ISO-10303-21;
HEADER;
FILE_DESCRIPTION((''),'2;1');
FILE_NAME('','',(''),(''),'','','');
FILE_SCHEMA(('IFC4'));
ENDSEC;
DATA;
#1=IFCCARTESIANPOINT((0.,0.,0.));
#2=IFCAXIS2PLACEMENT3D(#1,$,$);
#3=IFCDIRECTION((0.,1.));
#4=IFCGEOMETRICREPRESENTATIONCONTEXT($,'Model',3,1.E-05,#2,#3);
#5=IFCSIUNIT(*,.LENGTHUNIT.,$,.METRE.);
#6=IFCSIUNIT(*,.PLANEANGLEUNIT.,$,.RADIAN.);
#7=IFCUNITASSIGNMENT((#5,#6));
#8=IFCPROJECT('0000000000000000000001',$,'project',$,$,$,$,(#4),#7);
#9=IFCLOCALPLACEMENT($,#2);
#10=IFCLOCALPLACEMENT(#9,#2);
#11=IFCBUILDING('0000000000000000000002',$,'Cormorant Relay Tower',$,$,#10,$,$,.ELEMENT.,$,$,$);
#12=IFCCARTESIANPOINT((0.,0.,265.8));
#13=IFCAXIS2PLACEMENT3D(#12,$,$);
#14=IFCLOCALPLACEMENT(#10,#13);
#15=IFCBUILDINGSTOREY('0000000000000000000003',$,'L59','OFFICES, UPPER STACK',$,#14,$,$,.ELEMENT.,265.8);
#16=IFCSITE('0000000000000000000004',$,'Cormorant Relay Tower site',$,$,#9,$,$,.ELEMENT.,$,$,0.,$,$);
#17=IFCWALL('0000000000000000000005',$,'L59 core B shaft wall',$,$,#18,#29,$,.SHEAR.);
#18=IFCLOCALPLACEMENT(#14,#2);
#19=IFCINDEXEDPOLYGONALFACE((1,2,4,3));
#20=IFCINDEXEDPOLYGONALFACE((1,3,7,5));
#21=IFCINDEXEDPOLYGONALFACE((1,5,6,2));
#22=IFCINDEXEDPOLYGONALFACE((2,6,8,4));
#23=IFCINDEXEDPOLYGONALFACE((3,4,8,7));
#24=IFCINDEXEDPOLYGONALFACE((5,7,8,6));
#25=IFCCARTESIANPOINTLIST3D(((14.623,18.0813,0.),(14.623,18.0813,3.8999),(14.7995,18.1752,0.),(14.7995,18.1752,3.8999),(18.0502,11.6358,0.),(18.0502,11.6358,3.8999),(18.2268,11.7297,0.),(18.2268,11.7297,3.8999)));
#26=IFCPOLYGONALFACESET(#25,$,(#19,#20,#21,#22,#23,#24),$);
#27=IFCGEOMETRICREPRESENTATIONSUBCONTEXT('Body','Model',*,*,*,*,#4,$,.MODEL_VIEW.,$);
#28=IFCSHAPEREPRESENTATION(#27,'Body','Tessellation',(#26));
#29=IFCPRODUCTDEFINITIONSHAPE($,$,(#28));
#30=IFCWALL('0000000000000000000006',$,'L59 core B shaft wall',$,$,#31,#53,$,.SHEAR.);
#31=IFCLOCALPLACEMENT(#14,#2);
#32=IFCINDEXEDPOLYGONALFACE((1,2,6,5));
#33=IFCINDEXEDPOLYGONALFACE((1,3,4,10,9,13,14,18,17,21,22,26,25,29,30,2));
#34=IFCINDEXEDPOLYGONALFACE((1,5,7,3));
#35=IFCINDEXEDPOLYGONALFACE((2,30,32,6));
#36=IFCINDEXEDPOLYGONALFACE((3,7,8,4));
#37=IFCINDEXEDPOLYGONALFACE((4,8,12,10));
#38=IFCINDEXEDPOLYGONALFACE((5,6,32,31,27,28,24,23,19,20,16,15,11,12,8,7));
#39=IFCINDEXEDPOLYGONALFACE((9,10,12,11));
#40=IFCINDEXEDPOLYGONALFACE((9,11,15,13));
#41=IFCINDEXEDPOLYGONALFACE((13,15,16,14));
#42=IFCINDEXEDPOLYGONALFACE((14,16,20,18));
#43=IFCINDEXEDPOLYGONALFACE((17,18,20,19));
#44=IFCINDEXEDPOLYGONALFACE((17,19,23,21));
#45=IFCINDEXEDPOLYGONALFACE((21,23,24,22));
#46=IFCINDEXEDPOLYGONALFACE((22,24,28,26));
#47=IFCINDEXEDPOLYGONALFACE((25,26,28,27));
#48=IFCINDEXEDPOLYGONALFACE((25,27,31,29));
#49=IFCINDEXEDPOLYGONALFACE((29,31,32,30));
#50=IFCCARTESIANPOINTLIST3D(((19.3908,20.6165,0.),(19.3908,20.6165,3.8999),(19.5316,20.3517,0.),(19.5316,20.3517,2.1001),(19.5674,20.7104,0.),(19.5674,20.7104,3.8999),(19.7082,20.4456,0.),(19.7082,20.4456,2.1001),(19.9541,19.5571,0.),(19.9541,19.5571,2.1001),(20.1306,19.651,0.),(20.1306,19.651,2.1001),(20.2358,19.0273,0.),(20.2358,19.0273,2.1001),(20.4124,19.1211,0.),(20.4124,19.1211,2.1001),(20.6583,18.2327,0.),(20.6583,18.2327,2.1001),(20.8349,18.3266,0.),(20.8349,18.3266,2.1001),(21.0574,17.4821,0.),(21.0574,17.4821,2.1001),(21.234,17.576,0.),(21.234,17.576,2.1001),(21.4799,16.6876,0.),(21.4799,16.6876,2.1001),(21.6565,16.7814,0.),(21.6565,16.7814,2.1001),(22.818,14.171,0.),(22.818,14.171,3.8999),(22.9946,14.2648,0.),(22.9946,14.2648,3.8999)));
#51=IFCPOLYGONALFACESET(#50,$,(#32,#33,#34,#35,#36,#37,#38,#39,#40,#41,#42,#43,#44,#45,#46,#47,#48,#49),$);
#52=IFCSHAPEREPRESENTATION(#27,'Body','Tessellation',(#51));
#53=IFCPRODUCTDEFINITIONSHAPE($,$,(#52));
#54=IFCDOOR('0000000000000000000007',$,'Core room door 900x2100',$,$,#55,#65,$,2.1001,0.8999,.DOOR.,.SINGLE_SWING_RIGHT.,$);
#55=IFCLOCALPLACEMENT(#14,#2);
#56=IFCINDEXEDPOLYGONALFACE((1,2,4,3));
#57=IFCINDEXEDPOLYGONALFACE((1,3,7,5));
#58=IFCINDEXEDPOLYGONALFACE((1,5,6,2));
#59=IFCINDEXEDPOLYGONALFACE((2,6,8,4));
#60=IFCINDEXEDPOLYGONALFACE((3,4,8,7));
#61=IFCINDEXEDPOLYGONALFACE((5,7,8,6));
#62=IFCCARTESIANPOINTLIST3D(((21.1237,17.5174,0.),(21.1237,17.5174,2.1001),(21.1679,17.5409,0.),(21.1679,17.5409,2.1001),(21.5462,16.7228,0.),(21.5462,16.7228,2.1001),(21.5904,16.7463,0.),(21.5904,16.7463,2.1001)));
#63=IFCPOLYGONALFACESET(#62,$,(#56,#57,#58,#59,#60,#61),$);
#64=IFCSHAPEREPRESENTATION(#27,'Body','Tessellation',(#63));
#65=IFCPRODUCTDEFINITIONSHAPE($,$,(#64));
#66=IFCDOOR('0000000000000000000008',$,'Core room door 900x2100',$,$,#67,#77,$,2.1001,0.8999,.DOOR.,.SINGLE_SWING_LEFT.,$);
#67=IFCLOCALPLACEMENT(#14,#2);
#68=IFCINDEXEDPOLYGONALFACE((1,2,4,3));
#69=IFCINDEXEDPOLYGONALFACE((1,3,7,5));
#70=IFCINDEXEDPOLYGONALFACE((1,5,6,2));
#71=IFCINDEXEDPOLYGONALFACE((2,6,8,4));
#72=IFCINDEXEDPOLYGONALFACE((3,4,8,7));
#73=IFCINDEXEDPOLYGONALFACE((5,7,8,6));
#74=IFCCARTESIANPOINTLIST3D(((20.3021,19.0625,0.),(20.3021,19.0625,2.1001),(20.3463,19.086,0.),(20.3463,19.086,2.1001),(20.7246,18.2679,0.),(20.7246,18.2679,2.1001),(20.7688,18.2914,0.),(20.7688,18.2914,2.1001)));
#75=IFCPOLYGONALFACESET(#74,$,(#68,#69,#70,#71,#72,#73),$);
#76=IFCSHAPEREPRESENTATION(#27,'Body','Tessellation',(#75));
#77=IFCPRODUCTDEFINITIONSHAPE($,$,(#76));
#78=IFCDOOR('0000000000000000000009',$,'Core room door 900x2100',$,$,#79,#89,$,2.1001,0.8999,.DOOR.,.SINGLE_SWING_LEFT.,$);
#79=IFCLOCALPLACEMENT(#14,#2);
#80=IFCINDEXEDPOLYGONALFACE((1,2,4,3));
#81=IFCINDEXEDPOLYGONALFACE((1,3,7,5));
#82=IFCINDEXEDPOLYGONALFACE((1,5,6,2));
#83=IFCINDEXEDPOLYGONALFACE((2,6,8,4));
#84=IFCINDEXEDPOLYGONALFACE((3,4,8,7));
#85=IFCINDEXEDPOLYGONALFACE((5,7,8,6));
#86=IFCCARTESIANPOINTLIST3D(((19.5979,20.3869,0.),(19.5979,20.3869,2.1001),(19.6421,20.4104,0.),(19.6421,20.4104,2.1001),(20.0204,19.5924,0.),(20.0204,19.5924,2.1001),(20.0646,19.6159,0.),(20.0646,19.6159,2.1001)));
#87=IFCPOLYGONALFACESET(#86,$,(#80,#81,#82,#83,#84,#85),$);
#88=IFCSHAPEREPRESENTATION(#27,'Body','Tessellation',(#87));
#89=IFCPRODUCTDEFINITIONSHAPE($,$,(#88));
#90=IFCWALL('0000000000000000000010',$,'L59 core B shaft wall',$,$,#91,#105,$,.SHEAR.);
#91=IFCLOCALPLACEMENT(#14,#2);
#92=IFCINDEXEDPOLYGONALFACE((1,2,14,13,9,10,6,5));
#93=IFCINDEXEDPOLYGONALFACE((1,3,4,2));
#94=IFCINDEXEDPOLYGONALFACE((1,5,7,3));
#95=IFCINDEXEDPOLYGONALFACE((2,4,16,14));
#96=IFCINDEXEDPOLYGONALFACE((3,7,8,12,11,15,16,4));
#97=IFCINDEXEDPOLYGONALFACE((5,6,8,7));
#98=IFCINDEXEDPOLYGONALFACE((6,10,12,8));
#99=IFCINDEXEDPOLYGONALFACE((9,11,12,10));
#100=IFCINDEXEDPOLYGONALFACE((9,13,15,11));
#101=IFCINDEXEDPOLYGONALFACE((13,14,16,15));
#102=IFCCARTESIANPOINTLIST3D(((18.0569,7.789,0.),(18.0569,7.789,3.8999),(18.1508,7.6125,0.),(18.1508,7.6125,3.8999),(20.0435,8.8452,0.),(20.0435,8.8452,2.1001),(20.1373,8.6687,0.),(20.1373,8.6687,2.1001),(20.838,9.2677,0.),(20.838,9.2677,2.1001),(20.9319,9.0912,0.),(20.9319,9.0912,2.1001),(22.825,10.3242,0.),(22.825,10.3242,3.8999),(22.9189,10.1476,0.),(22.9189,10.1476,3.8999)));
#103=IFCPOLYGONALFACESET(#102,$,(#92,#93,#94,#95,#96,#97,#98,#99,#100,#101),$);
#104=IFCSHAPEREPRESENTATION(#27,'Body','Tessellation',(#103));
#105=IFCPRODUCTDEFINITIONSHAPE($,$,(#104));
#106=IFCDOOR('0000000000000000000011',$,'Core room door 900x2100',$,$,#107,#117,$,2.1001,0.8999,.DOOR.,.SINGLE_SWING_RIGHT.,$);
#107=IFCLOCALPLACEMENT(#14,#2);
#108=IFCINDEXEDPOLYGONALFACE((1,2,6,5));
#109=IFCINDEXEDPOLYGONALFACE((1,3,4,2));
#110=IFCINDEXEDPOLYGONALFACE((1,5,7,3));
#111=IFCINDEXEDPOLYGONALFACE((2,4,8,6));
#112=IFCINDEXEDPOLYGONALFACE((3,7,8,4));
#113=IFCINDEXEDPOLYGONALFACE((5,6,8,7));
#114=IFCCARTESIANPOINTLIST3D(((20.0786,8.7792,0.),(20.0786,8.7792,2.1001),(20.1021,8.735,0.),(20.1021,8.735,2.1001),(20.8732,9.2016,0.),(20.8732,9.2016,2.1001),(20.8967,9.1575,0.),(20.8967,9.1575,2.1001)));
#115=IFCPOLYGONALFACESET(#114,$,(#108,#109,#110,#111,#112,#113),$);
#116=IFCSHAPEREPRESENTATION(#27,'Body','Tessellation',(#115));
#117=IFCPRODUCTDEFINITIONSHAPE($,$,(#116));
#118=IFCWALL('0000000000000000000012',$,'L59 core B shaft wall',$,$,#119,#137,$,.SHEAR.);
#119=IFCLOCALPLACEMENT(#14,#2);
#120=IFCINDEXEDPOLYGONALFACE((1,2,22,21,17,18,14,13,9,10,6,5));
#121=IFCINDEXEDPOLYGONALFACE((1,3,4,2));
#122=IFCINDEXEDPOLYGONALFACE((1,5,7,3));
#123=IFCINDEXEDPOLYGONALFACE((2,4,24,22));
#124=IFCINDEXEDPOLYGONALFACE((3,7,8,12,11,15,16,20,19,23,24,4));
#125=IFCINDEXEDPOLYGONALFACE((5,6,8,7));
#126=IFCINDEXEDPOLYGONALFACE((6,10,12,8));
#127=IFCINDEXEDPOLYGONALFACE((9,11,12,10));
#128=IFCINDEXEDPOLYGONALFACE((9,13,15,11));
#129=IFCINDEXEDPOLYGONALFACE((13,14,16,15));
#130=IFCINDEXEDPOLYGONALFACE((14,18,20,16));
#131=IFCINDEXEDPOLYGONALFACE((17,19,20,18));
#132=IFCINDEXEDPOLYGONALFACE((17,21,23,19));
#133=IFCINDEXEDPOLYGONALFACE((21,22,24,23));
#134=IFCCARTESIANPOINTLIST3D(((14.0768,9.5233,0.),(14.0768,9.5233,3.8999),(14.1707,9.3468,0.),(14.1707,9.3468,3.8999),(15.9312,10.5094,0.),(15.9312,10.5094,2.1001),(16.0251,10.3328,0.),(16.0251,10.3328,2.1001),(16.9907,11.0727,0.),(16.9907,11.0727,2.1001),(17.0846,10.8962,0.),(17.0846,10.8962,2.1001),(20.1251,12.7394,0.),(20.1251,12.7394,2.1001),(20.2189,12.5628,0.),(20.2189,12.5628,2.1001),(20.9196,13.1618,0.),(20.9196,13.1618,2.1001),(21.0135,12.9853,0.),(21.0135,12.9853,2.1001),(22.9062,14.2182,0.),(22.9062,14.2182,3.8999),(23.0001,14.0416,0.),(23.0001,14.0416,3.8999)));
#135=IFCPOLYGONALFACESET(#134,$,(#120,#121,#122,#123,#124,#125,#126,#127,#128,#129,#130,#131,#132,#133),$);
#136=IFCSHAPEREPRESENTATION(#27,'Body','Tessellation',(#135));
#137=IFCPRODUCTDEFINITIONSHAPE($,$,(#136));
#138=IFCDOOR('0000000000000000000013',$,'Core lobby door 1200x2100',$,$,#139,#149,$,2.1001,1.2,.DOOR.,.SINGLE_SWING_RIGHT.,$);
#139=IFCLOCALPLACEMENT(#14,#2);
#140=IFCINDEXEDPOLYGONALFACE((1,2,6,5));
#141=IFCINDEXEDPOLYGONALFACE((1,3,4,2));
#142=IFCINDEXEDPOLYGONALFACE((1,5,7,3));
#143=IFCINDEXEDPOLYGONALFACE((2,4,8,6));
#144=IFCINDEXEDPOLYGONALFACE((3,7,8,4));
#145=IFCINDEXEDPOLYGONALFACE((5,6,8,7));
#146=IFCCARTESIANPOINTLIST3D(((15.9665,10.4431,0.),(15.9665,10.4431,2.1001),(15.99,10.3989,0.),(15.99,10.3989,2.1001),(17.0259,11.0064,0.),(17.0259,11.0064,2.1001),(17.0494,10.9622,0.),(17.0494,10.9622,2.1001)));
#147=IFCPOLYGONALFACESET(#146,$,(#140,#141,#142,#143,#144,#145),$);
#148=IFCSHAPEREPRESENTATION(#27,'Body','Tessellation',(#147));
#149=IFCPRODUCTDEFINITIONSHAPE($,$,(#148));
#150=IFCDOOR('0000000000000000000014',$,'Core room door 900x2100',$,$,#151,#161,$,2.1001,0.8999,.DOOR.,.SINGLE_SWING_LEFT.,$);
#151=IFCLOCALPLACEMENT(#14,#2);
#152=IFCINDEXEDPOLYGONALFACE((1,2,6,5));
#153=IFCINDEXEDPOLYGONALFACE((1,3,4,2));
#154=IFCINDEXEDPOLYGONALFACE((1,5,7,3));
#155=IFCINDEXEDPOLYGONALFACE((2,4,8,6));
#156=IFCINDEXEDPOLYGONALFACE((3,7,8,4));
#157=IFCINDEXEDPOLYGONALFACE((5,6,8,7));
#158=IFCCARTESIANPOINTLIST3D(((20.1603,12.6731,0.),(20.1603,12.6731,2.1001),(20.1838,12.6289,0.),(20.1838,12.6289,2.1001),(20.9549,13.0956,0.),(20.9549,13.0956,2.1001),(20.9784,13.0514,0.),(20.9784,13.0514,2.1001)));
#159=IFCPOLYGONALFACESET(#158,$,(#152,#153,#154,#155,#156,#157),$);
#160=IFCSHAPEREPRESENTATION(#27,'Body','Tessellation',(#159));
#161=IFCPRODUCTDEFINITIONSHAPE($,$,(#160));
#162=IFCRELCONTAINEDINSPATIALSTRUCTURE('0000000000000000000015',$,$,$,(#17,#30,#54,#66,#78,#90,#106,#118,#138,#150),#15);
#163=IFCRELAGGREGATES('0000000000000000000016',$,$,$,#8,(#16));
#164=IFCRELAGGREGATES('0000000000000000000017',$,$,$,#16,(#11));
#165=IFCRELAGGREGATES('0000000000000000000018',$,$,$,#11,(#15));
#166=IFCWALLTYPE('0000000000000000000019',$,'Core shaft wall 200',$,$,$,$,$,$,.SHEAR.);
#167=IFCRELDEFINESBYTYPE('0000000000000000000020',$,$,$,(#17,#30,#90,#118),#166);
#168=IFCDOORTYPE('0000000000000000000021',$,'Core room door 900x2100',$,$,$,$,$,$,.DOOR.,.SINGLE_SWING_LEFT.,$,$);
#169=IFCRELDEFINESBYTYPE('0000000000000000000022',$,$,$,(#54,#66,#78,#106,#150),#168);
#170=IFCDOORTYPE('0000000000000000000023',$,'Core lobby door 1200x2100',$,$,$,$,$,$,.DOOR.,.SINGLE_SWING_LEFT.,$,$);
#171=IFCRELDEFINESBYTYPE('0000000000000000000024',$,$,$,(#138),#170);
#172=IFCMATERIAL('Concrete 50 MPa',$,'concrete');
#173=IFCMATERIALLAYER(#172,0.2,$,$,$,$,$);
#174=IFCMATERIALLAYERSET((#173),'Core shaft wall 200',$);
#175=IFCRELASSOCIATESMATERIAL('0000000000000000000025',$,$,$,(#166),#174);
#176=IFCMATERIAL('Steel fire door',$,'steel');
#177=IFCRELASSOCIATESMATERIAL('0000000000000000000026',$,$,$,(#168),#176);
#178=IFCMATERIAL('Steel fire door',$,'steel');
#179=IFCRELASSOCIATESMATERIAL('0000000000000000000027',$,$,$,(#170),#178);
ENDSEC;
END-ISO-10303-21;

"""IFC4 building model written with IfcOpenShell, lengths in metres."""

from ifc_helpers import new_model, si_unit, direction, frame, frame_2d, origin, place, context, subcontext, project, spatial, rectangle, extrude, material, layer, layer_set, type_object, element, fill, save


model = new_model("IFC4")

# Units and contexts
model_context = context("Model", 3, precision=1e-05, world=origin(), true_north=direction((0.0, 1.0)))
body_context = subcontext(model_context, "Body", "Model", "MODEL_VIEW")
ifc_project = project(units=[si_unit("LENGTHUNIT", "METRE"), si_unit("PLANEANGLEUNIT", "RADIAN")], contexts=[model_context])

# Site, building, storey
site_placement = place(None, origin())
site = spatial("IfcSite", under=ifc_project, at=site_placement, Name="Cormorant Relay Tower site", CompositionType="ELEMENT", RefElevation=0.0)
building_placement = place(site_placement, origin())
building = spatial("IfcBuilding", under=site, at=building_placement, Name="Cormorant Relay Tower", CompositionType="ELEMENT")
storey_placement = place(building_placement, frame((0.0, 0.0, 265.8)))
storey = spatial("IfcBuildingStorey", under=building, at=storey_placement, Name="L59", Description="OFFICES, UPPER STACK", CompositionType="ELEMENT", Elevation=265.8)

# Wall
ifc_material_1 = material(Name="Concrete 50 MPa", Category="concrete")
ifc_layer_1 = layer(ifc_material_1, 0.2)
ifc_layer_set_1 = layer_set([ifc_layer_1], Name="Core shaft wall 200")
wall_type_1 = type_object("IfcWallType", Name="Core shaft wall 200", PredefinedType="SHEAR", material=ifc_layer_set_1)
wall_1_placement = place(storey_placement, frame((18.1384, 11.6829, 0.0), z_axis=(0.0, 0.0, 1.0), x_axis=(-0.46948, 0.882943, 0.0)))
element("IfcWall", 1, at=wall_1_placement, inside=storey, type_object=wall_type_1, Name="L59 core B shaft wall", PredefinedType="SHEAR", context=body_context, shape_type="SweptSolid", body=[
    extrude(rectangle(XDim=7.3, YDim=0.2, at=frame_2d((3.6499, 0.0))), origin(), (0.0, 0.0, 1.0), 3.8999),
])

# Wall, openings, doors
wall_2_placement = place(storey_placement, frame((22.9062, 14.218, 0.0), z_axis=(0.0, 0.0, 1.0), x_axis=(-0.46948, 0.882943, 0.0)))
wall_2 = element("IfcWall", 2, at=wall_2_placement, inside=storey, type_object=wall_type_1, Name="L59 core B shaft wall", PredefinedType="SHEAR", context=body_context, shape_type="SweptSolid", body=[
    extrude(rectangle(XDim=7.3, YDim=0.2, at=frame_2d((3.6499, 0.0))), origin(), (0.0, 0.0, 1.0), 3.8999),
])
opening_1_placement = place(wall_2_placement, frame((2.8501, 0.0, 0.0)))
opening_1 = element("IfcOpeningElement", 3, at=opening_1_placement, cuts=wall_2, PredefinedType="OPENING", context=body_context, shape_type="SweptSolid", body=[
    extrude(rectangle(XDim=0.8999, YDim=2.1001, at=frame_2d((0.45, 1.05))), frame((0.0, 0.1099, 0.0), z_axis=(0.0, -1.0, 0.0), x_axis=(1.0, 0.0, 0.0)), (0.0, 0.0, 1.0), 0.22),
])
opening_2_placement = place(wall_2_placement, frame((4.6001, 0.0, 0.0)))
opening_2 = element("IfcOpeningElement", 4, at=opening_2_placement, cuts=wall_2, PredefinedType="OPENING", context=body_context, shape_type="SweptSolid", body=[
    extrude(rectangle(XDim=0.8999, YDim=2.1001, at=frame_2d((0.45, 1.05))), frame((0.0, 0.1099, 0.0), z_axis=(0.0, -1.0, 0.0), x_axis=(1.0, 0.0, 0.0)), (0.0, 0.0, 1.0), 0.22),
])
opening_3_placement = place(wall_2_placement, frame((6.1001, 0.0, 0.0)))
opening_3 = element("IfcOpeningElement", 5, at=opening_3_placement, cuts=wall_2, PredefinedType="OPENING", context=body_context, shape_type="SweptSolid", body=[
    extrude(rectangle(XDim=0.8999, YDim=2.1001, at=frame_2d((0.45, 1.05))), frame((0.0, 0.1099, 0.0), z_axis=(0.0, -1.0, 0.0), x_axis=(1.0, 0.0, 0.0)), (0.0, 0.0, 1.0), 0.22),
])
ifc_material_2 = material(Name="Steel fire door", Category="steel")
door_type_1 = type_object("IfcDoorType", Name="Core room door 900x2100", OperationType="SINGLE_SWING_LEFT", PredefinedType="DOOR", material=ifc_material_2)
door_1_placement = place(opening_1_placement, origin())
door_1 = element("IfcDoor", 6, at=door_1_placement, inside=storey, type_object=door_type_1, Name="Core room door 900x2100", OperationType="SINGLE_SWING_RIGHT", OverallHeight=2.1001, OverallWidth=0.8999, PredefinedType="DOOR", context=body_context, shape_type="SweptSolid", body=[
    extrude(rectangle(XDim=0.8999, YDim=2.1001, at=frame_2d((0.45, 1.05))), frame((0.0, 0.0249, 0.0), z_axis=(0.0, -1.0, 0.0), x_axis=(1.0, 0.0, 0.0)), (0.0, 0.0, 1.0), 0.05),
])
fill(opening_1, door_1)
door_2_placement = place(opening_2_placement, origin())
door_2 = element("IfcDoor", 7, at=door_2_placement, inside=storey, type_object=door_type_1, Name="Core room door 900x2100", OperationType="SINGLE_SWING_LEFT", OverallHeight=2.1001, OverallWidth=0.8999, PredefinedType="DOOR", context=body_context, shape_type="SweptSolid", body=[
    extrude(rectangle(XDim=0.8999, YDim=2.1001, at=frame_2d((0.45, 1.05))), frame((0.0, 0.0249, 0.0), z_axis=(0.0, -1.0, 0.0), x_axis=(1.0, 0.0, 0.0)), (0.0, 0.0, 1.0), 0.05),
])
fill(opening_2, door_2)
door_3_placement = place(opening_3_placement, origin())
door_3 = element("IfcDoor", 8, at=door_3_placement, inside=storey, type_object=door_type_1, Name="Core room door 900x2100", OperationType="SINGLE_SWING_LEFT", OverallHeight=2.1001, OverallWidth=0.8999, PredefinedType="DOOR", context=body_context, shape_type="SweptSolid", body=[
    extrude(rectangle(XDim=0.8999, YDim=2.1001, at=frame_2d((0.45, 1.05))), frame((0.0, 0.0249, 0.0), z_axis=(0.0, -1.0, 0.0), x_axis=(1.0, 0.0, 0.0)), (0.0, 0.0, 1.0), 0.05),
])
fill(opening_3, door_3)

# Wall, opening, door
wall_3_placement = place(storey_placement, frame((18.1038, 7.7007, 0.0), z_axis=(0.0, 0.0, 1.0), x_axis=(0.882953, 0.469462, 0.0)))
wall_3 = element("IfcWall", 9, at=wall_3_placement, inside=storey, type_object=wall_type_1, Name="L59 core B shaft wall", PredefinedType="SHEAR", context=body_context, shape_type="SweptSolid", body=[
    extrude(rectangle(XDim=5.4001, YDim=0.2, at=frame_2d((2.7002, 0.0))), origin(), (0.0, 0.0, 1.0), 3.8999),
])
opening_4_placement = place(wall_3_placement, frame((2.25, 0.0, 0.0)))
opening_4 = element("IfcOpeningElement", 10, at=opening_4_placement, cuts=wall_3, PredefinedType="OPENING", context=body_context, shape_type="SweptSolid", body=[
    extrude(rectangle(XDim=0.8999, YDim=2.1001, at=frame_2d((0.45, 1.05))), frame((0.0, 0.1099, 0.0), z_axis=(0.0, -1.0, 0.0), x_axis=(1.0, 0.0, 0.0)), (0.0, 0.0, 1.0), 0.22),
])
door_4_placement = place(opening_4_placement, frame((0.8999, 0.0, 0.0), z_axis=(0.0, 0.0, 1.0), x_axis=(-1.0, 0.0, 0.0)))
door_4 = element("IfcDoor", 11, at=door_4_placement, inside=storey, type_object=door_type_1, Name="Core room door 900x2100", OperationType="SINGLE_SWING_RIGHT", OverallHeight=2.1001, OverallWidth=0.8999, PredefinedType="DOOR", context=body_context, shape_type="SweptSolid", body=[
    extrude(rectangle(XDim=0.8999, YDim=2.1001, at=frame_2d((0.45, 1.05))), frame((0.0, 0.0249, 0.0), z_axis=(0.0, -1.0, 0.0), x_axis=(1.0, 0.0, 0.0)), (0.0, 0.0, 1.0), 0.05),
])
fill(opening_4, door_4)

# Wall, openings, doors
wall_4_placement = place(storey_placement, frame((14.1238, 9.4351, 0.0), z_axis=(0.0, 0.0, 1.0), x_axis=(0.88294, 0.469485, 0.0)))
wall_4 = element("IfcWall", 12, at=wall_4_placement, inside=storey, type_object=wall_type_1, Name="L59 core B shaft wall", PredefinedType="SHEAR", context=body_context, shape_type="SweptSolid", body=[
    extrude(rectangle(XDim=10.0, YDim=0.2, at=frame_2d((5.0, 0.0))), origin(), (0.0, 0.0, 1.0), 3.8999),
])
opening_5_placement = place(wall_4_placement, frame((2.1001, 0.0, 0.0)))
opening_5 = element("IfcOpeningElement", 13, at=opening_5_placement, cuts=wall_4, PredefinedType="OPENING", context=body_context, shape_type="SweptSolid", body=[
    extrude(rectangle(XDim=1.2, YDim=2.1001, at=frame_2d((0.6001, 1.05))), frame((0.0, 0.1099, 0.0), z_axis=(0.0, -1.0, 0.0), x_axis=(1.0, 0.0, 0.0)), (0.0, 0.0, 1.0), 0.22),
])
opening_6_placement = place(wall_4_placement, frame((6.8501, 0.0, 0.0)))
opening_6 = element("IfcOpeningElement", 14, at=opening_6_placement, cuts=wall_4, PredefinedType="OPENING", context=body_context, shape_type="SweptSolid", body=[
    extrude(rectangle(XDim=0.8999, YDim=2.1001, at=frame_2d((0.45, 1.05))), frame((0.0, 0.1099, 0.0), z_axis=(0.0, -1.0, 0.0), x_axis=(1.0, 0.0, 0.0)), (0.0, 0.0, 1.0), 0.22),
])
ifc_material_3 = material(Name="Steel fire door", Category="steel")
door_type_2 = type_object("IfcDoorType", Name="Core lobby door 1200x2100", OperationType="SINGLE_SWING_LEFT", PredefinedType="DOOR", material=ifc_material_3)
door_5_placement = place(opening_5_placement, origin())
door_5 = element("IfcDoor", 15, at=door_5_placement, inside=storey, type_object=door_type_2, Name="Core lobby door 1200x2100", OperationType="SINGLE_SWING_RIGHT", OverallHeight=2.1001, OverallWidth=1.2, PredefinedType="DOOR", context=body_context, shape_type="SweptSolid", body=[
    extrude(rectangle(XDim=1.2, YDim=2.1001, at=frame_2d((0.6001, 1.05))), frame((0.0, 0.0249, 0.0), z_axis=(0.0, -1.0, 0.0), x_axis=(1.0, 0.0, 0.0)), (0.0, 0.0, 1.0), 0.05),
])
fill(opening_5, door_5)
door_6_placement = place(opening_6_placement, origin())
door_6 = element("IfcDoor", 16, at=door_6_placement, inside=storey, type_object=door_type_1, Name="Core room door 900x2100", OperationType="SINGLE_SWING_LEFT", OverallHeight=2.1001, OverallWidth=0.8999, PredefinedType="DOOR", context=body_context, shape_type="SweptSolid", body=[
    extrude(rectangle(XDim=0.8999, YDim=2.1001, at=frame_2d((0.45, 1.05))), frame((0.0, 0.0249, 0.0), z_axis=(0.0, -1.0, 0.0), x_axis=(1.0, 0.0, 0.0)), (0.0, 0.0, 1.0), 0.05),
])
fill(opening_6, door_6)

save(model, "model.ifc")
